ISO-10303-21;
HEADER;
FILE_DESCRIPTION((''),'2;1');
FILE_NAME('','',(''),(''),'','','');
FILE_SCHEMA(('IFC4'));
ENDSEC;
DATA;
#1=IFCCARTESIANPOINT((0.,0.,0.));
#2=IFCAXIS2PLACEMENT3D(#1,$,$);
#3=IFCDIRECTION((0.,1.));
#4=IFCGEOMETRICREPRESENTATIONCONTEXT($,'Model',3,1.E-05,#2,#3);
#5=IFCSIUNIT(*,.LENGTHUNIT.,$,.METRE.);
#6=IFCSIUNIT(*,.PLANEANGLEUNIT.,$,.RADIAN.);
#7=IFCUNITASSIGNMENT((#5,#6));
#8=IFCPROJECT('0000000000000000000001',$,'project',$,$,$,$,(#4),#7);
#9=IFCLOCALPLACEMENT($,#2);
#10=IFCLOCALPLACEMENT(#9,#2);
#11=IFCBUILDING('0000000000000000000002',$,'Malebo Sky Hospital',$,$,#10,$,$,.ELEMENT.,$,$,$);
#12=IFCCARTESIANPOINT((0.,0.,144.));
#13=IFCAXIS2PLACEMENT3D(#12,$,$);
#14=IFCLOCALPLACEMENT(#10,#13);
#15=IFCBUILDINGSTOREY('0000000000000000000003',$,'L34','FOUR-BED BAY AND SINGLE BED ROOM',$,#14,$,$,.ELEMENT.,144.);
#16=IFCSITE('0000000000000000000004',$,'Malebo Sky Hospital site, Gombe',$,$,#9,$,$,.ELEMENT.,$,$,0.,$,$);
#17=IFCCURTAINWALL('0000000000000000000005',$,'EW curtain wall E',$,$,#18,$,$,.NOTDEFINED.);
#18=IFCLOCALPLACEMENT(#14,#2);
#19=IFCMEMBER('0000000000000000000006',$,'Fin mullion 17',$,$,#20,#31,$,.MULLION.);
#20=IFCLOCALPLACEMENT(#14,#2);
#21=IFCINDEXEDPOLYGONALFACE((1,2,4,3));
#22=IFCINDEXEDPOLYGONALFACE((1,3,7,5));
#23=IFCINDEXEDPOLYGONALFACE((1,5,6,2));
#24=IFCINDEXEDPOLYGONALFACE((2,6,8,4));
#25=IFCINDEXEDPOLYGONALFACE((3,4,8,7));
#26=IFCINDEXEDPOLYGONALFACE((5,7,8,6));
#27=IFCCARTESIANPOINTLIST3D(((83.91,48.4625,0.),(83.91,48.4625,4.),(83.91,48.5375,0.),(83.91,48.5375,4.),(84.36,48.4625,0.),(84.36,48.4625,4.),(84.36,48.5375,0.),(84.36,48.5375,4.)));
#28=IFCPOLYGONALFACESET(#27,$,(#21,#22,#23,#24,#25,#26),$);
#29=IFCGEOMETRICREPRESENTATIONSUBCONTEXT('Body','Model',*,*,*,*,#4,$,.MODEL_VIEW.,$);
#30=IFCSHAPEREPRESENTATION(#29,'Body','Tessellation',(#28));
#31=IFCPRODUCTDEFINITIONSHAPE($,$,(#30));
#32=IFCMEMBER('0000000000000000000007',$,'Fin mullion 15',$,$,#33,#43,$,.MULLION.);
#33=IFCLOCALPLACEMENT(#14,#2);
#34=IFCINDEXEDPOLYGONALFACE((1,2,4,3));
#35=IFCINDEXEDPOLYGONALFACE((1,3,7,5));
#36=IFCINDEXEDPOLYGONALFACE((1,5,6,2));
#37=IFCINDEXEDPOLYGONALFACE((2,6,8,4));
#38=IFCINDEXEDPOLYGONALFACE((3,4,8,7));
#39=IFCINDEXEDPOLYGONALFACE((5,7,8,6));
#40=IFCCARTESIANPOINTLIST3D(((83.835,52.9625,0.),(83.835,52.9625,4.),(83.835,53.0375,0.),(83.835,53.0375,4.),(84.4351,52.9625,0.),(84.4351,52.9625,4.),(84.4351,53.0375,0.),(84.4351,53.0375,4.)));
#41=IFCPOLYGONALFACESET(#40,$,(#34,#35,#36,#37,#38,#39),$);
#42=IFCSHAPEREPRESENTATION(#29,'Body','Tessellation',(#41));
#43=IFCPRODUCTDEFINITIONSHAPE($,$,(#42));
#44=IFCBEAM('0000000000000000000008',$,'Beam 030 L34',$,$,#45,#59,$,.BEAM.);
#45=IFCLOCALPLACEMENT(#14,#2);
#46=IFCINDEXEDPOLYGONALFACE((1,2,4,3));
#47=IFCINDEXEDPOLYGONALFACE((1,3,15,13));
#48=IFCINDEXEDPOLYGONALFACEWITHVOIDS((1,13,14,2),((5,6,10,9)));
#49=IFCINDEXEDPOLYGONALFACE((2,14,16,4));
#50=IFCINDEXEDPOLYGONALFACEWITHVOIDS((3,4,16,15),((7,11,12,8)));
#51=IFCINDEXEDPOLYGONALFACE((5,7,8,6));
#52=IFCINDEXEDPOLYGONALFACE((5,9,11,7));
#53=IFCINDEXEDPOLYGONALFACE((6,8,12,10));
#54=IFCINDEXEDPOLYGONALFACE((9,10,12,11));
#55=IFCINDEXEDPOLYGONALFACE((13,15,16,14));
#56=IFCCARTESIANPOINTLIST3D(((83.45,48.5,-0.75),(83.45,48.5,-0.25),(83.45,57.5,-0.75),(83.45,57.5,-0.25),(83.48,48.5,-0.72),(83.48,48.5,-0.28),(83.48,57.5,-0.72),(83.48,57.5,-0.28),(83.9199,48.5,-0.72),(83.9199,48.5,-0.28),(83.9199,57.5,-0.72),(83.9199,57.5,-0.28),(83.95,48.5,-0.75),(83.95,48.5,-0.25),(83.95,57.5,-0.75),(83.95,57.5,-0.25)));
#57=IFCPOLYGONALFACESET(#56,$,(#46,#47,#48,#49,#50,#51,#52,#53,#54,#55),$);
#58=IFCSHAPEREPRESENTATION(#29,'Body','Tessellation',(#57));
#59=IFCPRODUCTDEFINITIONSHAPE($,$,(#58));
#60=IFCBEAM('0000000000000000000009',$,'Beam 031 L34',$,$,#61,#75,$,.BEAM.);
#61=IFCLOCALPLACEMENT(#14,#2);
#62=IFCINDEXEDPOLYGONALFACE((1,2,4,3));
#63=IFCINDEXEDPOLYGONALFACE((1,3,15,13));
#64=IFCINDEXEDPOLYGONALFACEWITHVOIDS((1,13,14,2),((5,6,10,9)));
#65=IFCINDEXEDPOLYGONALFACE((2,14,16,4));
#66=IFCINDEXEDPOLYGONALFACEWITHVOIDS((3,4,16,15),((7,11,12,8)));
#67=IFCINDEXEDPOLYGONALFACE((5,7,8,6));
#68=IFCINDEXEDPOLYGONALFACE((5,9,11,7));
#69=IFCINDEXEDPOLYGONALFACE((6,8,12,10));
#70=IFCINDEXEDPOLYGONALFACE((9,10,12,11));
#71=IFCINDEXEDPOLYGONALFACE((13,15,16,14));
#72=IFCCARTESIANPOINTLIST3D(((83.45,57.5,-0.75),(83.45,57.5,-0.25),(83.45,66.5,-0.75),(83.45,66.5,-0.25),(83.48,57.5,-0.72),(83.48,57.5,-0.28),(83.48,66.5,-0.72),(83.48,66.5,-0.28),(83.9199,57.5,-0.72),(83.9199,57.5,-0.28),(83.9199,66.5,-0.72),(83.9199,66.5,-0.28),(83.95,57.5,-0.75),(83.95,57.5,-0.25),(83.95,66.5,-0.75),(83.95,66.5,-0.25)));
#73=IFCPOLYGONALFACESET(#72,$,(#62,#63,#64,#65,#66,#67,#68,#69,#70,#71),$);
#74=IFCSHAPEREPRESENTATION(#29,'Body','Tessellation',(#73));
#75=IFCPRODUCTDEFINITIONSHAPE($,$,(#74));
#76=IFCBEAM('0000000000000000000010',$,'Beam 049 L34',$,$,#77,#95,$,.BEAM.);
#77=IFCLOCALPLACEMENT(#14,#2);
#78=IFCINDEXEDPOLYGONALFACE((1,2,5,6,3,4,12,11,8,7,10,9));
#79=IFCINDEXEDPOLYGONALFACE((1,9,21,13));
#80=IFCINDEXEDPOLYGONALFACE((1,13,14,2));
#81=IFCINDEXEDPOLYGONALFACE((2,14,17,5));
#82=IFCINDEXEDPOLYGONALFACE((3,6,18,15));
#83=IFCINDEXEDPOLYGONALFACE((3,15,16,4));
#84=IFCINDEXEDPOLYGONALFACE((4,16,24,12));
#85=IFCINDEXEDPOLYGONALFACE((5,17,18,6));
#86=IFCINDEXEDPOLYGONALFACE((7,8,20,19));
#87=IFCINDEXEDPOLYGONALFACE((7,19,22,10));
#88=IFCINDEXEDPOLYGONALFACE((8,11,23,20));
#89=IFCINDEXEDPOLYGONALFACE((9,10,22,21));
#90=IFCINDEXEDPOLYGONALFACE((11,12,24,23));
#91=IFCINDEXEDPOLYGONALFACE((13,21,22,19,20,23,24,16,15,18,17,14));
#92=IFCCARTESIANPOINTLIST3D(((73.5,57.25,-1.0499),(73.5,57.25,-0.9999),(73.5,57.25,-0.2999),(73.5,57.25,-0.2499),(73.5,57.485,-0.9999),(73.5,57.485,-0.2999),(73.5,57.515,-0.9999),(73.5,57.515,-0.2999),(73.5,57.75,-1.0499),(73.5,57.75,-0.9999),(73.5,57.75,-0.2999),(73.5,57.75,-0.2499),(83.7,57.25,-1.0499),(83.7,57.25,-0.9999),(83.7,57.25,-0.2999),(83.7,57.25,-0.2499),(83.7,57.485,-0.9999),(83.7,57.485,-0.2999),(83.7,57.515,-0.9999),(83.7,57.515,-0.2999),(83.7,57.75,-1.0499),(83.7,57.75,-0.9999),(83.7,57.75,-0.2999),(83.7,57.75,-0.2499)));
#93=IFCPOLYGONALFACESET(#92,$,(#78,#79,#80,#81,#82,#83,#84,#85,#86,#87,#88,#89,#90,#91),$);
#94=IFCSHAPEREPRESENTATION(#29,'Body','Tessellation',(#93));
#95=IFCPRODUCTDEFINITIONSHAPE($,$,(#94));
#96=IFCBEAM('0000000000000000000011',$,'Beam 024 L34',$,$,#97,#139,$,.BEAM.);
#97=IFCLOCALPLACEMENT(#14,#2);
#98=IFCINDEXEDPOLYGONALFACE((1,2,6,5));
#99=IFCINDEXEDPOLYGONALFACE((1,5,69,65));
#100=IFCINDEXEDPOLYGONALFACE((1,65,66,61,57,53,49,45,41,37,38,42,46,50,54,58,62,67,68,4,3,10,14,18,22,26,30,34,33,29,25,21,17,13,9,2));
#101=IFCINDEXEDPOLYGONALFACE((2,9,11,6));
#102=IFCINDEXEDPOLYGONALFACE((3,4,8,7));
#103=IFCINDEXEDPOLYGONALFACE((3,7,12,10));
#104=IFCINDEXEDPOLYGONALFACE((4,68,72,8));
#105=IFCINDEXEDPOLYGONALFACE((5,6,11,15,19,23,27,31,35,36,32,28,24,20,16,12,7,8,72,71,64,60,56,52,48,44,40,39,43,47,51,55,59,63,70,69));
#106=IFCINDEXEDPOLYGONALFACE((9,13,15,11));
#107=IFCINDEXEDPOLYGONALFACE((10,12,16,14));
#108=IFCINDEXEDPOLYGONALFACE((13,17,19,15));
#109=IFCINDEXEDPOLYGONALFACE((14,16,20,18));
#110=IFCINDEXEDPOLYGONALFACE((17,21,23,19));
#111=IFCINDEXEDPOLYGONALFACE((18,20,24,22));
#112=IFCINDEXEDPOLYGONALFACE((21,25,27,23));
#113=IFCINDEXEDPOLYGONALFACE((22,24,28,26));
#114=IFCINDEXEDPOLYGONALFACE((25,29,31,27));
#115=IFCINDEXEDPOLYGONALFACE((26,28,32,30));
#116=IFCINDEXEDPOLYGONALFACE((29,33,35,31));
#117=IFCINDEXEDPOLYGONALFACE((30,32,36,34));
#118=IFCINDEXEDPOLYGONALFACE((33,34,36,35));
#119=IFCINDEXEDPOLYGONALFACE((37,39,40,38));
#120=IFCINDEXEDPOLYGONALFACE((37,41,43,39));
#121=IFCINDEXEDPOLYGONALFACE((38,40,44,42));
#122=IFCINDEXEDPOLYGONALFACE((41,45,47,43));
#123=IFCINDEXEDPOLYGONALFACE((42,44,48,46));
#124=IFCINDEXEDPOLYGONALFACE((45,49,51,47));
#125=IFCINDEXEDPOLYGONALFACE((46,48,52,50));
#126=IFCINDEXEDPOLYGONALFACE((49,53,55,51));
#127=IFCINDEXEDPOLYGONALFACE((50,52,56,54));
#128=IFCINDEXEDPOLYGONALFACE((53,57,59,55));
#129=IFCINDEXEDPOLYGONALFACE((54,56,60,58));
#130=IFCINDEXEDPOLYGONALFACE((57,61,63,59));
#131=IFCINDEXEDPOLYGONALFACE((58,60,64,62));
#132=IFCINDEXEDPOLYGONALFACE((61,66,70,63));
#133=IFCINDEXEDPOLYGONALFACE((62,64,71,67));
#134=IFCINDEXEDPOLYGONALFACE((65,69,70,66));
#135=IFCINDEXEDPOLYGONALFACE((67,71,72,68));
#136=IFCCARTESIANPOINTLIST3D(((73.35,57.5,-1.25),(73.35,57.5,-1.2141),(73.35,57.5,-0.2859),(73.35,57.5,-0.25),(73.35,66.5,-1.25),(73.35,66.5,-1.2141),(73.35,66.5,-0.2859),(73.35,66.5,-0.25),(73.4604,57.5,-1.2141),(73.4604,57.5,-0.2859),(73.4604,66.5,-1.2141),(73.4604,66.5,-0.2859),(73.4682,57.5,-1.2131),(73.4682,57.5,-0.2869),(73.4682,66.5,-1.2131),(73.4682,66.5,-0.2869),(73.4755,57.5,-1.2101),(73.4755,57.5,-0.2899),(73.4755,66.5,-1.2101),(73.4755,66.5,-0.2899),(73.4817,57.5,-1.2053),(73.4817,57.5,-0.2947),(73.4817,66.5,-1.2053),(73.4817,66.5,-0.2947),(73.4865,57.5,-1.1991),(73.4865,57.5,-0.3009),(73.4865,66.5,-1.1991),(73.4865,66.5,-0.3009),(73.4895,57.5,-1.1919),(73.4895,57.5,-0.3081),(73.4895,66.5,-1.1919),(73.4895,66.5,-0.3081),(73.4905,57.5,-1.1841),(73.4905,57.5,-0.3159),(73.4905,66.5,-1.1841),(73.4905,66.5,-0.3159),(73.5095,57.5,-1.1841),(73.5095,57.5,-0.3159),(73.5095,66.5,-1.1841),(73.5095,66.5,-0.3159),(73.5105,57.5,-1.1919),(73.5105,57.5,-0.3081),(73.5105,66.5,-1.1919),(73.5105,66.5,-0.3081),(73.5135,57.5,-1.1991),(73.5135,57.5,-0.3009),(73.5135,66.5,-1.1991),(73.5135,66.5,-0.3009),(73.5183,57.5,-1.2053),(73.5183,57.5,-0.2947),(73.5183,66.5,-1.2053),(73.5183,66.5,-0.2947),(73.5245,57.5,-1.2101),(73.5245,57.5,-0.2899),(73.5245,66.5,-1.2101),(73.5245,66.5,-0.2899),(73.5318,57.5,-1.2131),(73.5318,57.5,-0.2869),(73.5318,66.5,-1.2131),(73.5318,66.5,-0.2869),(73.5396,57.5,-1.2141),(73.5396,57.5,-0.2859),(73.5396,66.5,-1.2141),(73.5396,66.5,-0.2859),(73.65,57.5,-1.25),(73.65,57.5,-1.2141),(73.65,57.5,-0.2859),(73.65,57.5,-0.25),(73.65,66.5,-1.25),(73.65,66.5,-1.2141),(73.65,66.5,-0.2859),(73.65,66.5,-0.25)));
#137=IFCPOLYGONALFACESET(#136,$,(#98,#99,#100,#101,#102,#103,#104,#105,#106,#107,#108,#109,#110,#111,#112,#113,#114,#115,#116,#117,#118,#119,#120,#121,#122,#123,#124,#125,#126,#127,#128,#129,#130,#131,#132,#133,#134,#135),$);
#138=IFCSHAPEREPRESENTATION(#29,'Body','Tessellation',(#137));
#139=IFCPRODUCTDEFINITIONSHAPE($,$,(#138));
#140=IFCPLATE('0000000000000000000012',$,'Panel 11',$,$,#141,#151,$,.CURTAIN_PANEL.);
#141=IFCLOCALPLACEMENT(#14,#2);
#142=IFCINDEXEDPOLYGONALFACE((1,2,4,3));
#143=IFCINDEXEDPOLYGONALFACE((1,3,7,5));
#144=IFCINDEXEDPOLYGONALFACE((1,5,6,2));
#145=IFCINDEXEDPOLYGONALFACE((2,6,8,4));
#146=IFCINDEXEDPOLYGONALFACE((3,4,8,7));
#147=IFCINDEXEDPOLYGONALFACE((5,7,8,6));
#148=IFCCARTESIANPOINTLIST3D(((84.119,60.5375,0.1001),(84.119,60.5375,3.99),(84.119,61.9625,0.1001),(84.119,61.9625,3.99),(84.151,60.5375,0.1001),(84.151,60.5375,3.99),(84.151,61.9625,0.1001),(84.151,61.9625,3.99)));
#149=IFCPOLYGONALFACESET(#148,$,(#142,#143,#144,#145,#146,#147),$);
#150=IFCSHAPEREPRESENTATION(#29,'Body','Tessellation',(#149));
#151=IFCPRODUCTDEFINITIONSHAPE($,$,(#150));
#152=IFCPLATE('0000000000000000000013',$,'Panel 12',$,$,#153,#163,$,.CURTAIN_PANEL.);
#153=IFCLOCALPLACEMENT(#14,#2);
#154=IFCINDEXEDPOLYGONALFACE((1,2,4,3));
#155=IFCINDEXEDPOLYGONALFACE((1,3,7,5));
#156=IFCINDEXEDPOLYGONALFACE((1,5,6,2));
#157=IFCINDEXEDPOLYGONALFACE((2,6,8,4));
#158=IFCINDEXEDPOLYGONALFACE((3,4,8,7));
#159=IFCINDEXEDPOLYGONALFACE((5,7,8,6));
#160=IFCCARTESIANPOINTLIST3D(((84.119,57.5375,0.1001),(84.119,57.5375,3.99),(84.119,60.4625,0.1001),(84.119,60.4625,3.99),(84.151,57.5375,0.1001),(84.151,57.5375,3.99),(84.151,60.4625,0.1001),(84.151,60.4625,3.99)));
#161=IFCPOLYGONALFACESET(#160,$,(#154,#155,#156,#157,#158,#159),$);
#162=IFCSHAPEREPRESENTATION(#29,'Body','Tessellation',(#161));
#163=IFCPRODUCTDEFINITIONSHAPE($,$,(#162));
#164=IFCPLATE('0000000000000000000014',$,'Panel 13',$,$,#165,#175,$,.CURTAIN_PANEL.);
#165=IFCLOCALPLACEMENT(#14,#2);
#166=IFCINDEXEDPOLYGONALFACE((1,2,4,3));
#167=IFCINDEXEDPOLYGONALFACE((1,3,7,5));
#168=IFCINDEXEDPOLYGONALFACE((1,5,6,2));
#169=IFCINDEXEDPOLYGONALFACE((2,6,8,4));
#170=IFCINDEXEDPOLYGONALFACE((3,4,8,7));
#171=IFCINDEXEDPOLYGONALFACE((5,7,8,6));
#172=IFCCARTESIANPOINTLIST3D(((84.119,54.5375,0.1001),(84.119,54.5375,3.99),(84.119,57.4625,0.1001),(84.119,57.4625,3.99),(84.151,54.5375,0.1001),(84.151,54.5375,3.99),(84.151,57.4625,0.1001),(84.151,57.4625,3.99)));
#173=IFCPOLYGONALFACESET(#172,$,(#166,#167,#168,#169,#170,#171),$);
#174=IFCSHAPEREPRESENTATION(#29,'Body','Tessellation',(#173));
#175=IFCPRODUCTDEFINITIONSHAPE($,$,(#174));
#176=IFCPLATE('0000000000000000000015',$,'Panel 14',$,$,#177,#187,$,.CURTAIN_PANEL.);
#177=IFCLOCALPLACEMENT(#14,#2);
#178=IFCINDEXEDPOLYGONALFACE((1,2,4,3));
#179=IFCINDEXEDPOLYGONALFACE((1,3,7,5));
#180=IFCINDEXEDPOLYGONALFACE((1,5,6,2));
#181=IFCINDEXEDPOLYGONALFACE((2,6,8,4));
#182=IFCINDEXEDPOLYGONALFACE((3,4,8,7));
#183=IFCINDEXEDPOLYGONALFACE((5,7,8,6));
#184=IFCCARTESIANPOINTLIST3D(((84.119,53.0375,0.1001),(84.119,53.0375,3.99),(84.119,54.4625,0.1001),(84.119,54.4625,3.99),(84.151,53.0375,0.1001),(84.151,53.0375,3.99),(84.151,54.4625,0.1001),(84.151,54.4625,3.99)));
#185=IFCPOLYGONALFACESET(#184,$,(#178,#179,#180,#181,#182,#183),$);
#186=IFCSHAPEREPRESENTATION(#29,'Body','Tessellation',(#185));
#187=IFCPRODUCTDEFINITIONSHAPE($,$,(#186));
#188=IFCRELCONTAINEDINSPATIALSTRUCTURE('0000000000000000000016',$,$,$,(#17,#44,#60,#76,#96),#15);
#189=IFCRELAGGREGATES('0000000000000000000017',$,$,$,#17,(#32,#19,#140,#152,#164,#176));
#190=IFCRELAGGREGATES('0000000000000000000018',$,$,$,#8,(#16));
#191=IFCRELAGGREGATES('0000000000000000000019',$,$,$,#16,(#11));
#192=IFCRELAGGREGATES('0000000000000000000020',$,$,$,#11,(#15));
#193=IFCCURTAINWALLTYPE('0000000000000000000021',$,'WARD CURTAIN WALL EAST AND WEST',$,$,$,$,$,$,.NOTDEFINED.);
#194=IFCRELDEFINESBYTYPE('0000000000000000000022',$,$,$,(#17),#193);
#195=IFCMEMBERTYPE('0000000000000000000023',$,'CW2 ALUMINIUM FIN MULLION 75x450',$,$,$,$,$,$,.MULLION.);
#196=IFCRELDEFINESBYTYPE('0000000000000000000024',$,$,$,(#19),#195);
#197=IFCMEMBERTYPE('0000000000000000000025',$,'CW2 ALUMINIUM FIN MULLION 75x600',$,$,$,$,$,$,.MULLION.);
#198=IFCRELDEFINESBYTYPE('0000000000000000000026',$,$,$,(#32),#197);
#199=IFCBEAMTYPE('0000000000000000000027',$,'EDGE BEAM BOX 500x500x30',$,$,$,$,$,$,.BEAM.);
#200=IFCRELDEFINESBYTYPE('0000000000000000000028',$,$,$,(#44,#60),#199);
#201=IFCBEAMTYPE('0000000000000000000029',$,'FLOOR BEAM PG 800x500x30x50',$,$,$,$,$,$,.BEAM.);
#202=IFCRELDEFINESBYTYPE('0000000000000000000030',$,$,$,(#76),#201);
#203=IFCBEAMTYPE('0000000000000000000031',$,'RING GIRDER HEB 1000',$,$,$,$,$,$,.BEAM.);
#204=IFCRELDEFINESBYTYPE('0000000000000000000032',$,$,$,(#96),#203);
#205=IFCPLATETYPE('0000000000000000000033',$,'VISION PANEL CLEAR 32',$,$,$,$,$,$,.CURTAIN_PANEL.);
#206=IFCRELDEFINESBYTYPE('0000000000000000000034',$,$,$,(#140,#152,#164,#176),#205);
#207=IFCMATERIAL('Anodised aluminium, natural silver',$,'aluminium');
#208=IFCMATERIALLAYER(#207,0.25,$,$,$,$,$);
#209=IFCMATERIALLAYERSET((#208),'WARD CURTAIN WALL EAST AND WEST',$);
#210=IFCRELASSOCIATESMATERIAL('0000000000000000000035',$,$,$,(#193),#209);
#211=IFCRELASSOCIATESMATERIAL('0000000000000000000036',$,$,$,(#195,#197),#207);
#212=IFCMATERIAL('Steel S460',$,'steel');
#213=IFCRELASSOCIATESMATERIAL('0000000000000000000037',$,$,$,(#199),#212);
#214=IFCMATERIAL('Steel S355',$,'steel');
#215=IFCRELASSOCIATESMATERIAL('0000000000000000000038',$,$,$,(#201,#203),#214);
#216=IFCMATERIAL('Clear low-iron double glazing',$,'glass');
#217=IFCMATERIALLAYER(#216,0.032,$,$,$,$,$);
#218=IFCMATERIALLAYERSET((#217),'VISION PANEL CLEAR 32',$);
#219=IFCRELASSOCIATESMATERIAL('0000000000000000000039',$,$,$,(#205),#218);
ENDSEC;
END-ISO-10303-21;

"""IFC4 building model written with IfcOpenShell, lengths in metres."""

from ifc_helpers import new_model, si_unit, direction, frame, origin, origin_2d, place, context, subcontext, project, spatial, rectangle, hollow_rectangle, i_section, extrude, material, layer, layer_set, material_profile, profile_set, type_object, element, aggregate, save


model = new_model("IFC4")

# Units and contexts
model_context = context("Model", 3, precision=1e-05, world=origin(), true_north=direction((0.0, 1.0)))
body_context = subcontext(model_context, "Body", "Model", "MODEL_VIEW")
ifc_project = project(units=[si_unit("LENGTHUNIT", "METRE"), si_unit("PLANEANGLEUNIT", "RADIAN")], contexts=[model_context])

# Site, building, storey
site_placement = place(None, origin())
site = spatial("IfcSite", under=ifc_project, at=site_placement, Name="Malebo Sky Hospital site, Gombe", CompositionType="ELEMENT", RefElevation=0.0)
building_placement = place(site_placement, origin())
building = spatial("IfcBuilding", under=site, at=building_placement, Name="Malebo Sky Hospital", CompositionType="ELEMENT")
storey_placement = place(building_placement, frame((0.0, 0.0, 144.0)))
storey = spatial("IfcBuildingStorey", under=building, at=storey_placement, Name="L34", Description="FOUR-BED BAY AND SINGLE BED ROOM", CompositionType="ELEMENT", Elevation=144.0)

# Shared definitions
ifc_material_1 = material(Name="Steel S460", Category="steel")

# Curtain wall, members
ifc_material_2 = material(Name="Anodised aluminium, natural silver", Category="aluminium")
ifc_layer_1 = layer(ifc_material_2, 0.25)
ifc_layer_set_1 = layer_set([ifc_layer_1], Name="WARD CURTAIN WALL EAST AND WEST")
curtain_wall_type = type_object("IfcCurtainWallType", Name="WARD CURTAIN WALL EAST AND WEST", PredefinedType="NOTDEFINED", material=ifc_layer_set_1)
curtain_wall_placement = place(storey_placement, origin())
curtain_wall = element("IfcCurtainWall", 1, at=curtain_wall_placement, inside=storey, type_object=curtain_wall_type, Name="EW curtain wall E", PredefinedType="NOTDEFINED")
ifc_material_profile_1 = material_profile(ifc_material_2, rectangle(XDim=0.075, YDim=0.45, at=origin_2d()), Name="CW2 ALUMINIUM FIN MULLION 75x450")
ifc_profile_set_1 = profile_set([ifc_material_profile_1], Name="Anodised aluminium, natural silver")
member_type_1 = type_object("IfcMemberType", Name="CW2 ALUMINIUM FIN MULLION 75x450", PredefinedType="MULLION", material=ifc_profile_set_1)
member_1_placement = place(storey_placement, frame((84.135, 48.5, 0.0), z_axis=(0.0, 0.0, 1.0), x_axis=(0.0, -1.0, 0.0)))
member_1 = element("IfcMember", 2, at=member_1_placement, type_object=member_type_1, Name="Fin mullion 17", PredefinedType="MULLION", context=body_context, shape_type="SweptSolid", body=[
    extrude(rectangle(XDim=0.075, YDim=0.45, at=origin_2d()), origin(), (0.0, 0.0, 1.0), 4.0),
])
ifc_material_profile_2 = material_profile(ifc_material_2, rectangle(XDim=0.075, YDim=0.6001, at=origin_2d()), Name="CW2 ALUMINIUM FIN MULLION 75x600")
ifc_profile_set_2 = profile_set([ifc_material_profile_2], Name="Anodised aluminium, natural silver")
member_type_2 = type_object("IfcMemberType", Name="CW2 ALUMINIUM FIN MULLION 75x600", PredefinedType="MULLION", material=ifc_profile_set_2)
member_2_placement = place(storey_placement, frame((84.135, 53.0, 0.0), z_axis=(0.0, 0.0, 1.0), x_axis=(0.0, -1.0, 0.0)))
member_2 = element("IfcMember", 3, at=member_2_placement, type_object=member_type_2, Name="Fin mullion 15", PredefinedType="MULLION", context=body_context, shape_type="SweptSolid", body=[
    extrude(rectangle(XDim=0.075, YDim=0.6001, at=origin_2d()), origin(), (0.0, 0.0, 1.0), 4.0),
])

# Beams
ifc_material_profile_3 = material_profile(ifc_material_1, hollow_rectangle(XDim=0.5, YDim=0.5, WallThickness=0.03, at=origin_2d()), Name="BOX 500x500x30")
ifc_profile_set_3 = profile_set([ifc_material_profile_3], Name="Steel S460")
beam_type_1 = type_object("IfcBeamType", Name="EDGE BEAM BOX 500x500x30", PredefinedType="BEAM", material=ifc_profile_set_3)
for number, where, z_axis, x_axis, name in (
    (4, (83.7, 48.5, -0.5), (0.0, 1.0, 0.0), (-1.0, 0.0, 0.0), "Beam 030 L34"),
    (5, (83.7, 57.5, -0.5), (0.0, 1.0, 0.0), (-1.0, 0.0, 0.0), "Beam 031 L34"),
):
    element("IfcBeam", number, at=place(storey_placement, frame(where, z_axis=z_axis, x_axis=x_axis)), inside=storey, type_object=beam_type_1, Name=name, PredefinedType="BEAM", context=body_context, shape_type="SweptSolid", body=[
        extrude(hollow_rectangle(XDim=0.5, YDim=0.5, WallThickness=0.03, at=origin_2d()), origin(), (0.0, 0.0, 1.0), 9.0),
    ])
ifc_material_3 = material(Name="Steel S355", Category="steel")
ifc_material_profile_4 = material_profile(ifc_material_3, i_section(OverallWidth=0.5, OverallDepth=0.8, WebThickness=0.03, FlangeThickness=0.05, at=origin_2d()), Name="PG 800x500x30x50")
ifc_profile_set_4 = profile_set([ifc_material_profile_4], Name="Steel S355")
beam_type_2 = type_object("IfcBeamType", Name="FLOOR BEAM PG 800x500x30x50", PredefinedType="BEAM", material=ifc_profile_set_4)
beam_1_placement = place(storey_placement, frame((73.5, 57.5, -0.6499), z_axis=(1.0, 0.0, 0.0), x_axis=(0.0, 1.0, 0.0)))
element("IfcBeam", 6, at=beam_1_placement, inside=storey, type_object=beam_type_2, Name="Beam 049 L34", PredefinedType="BEAM", context=body_context, shape_type="SweptSolid", body=[
    extrude(i_section(OverallWidth=0.5, OverallDepth=0.8, WebThickness=0.03, FlangeThickness=0.05, at=origin_2d()), origin(), (0.0, 0.0, 1.0), 10.2),
])
ifc_material_profile_5 = material_profile(ifc_material_3, i_section(OverallWidth=0.3, OverallDepth=1.0, WebThickness=0.019, FlangeThickness=0.0359, FilletRadius=0.03, at=origin_2d()), Name="HEB 1000")
ifc_profile_set_5 = profile_set([ifc_material_profile_5], Name="Steel S355")
beam_type_3 = type_object("IfcBeamType", Name="RING GIRDER HEB 1000", PredefinedType="BEAM", material=ifc_profile_set_5)
beam_2_placement = place(storey_placement, frame((73.5, 57.5, -0.75), z_axis=(0.0, 1.0, 0.0), x_axis=(-1.0, 0.0, 0.0)))
element("IfcBeam", 7, at=beam_2_placement, inside=storey, type_object=beam_type_3, Name="Beam 024 L34", PredefinedType="BEAM", context=body_context, shape_type="SweptSolid", body=[
    extrude(i_section(OverallWidth=0.3, OverallDepth=1.0, WebThickness=0.019, FlangeThickness=0.0359, FilletRadius=0.03, at=origin_2d()), origin(), (0.0, 0.0, 1.0), 9.0),
])

# Plates
ifc_material_4 = material(Name="Clear low-iron double glazing", Category="glass")
ifc_layer_2 = layer(ifc_material_4, 0.032)
ifc_layer_set_2 = layer_set([ifc_layer_2], Name="VISION PANEL CLEAR 32")
plate_type = type_object("IfcPlateType", Name="VISION PANEL CLEAR 32", PredefinedType="CURTAIN_PANEL", material=ifc_layer_set_2)
plate_1_placement = place(storey_placement, frame((84.135, 61.25, 0.1001), z_axis=(0.0, 0.0, 1.0), x_axis=(0.0, -1.0, 0.0)))
plate_1 = element("IfcPlate", 8, at=plate_1_placement, type_object=plate_type, Name="Panel 11", PredefinedType="CURTAIN_PANEL", context=body_context, shape_type="SweptSolid", body=[
    extrude(rectangle(XDim=1.425, YDim=0.032, at=origin_2d()), origin(), (0.0, 0.0, 1.0), 3.8899),
])
plate_2_placement = place(storey_placement, frame((84.135, 59.0, 0.1001), z_axis=(0.0, 0.0, 1.0), x_axis=(0.0, -1.0, 0.0)))
plate_2 = element("IfcPlate", 9, at=plate_2_placement, type_object=plate_type, Name="Panel 12", PredefinedType="CURTAIN_PANEL", context=body_context, shape_type="SweptSolid", body=[
    extrude(rectangle(XDim=2.925, YDim=0.032, at=origin_2d()), origin(), (0.0, 0.0, 1.0), 3.8899),
])
plate_3_placement = place(storey_placement, frame((84.135, 56.0, 0.1001), z_axis=(0.0, 0.0, 1.0), x_axis=(0.0, -1.0, 0.0)))
plate_3 = element("IfcPlate", 10, at=plate_3_placement, type_object=plate_type, Name="Panel 13", PredefinedType="CURTAIN_PANEL", context=body_context, shape_type="SweptSolid", body=[
    extrude(rectangle(XDim=2.925, YDim=0.032, at=origin_2d()), origin(), (0.0, 0.0, 1.0), 3.8899),
])
plate_4_placement = place(storey_placement, frame((84.135, 53.75, 0.1001), z_axis=(0.0, 0.0, 1.0), x_axis=(0.0, -1.0, 0.0)))
plate_4 = element("IfcPlate", 11, at=plate_4_placement, type_object=plate_type, Name="Panel 14", PredefinedType="CURTAIN_PANEL", context=body_context, shape_type="SweptSolid", body=[
    extrude(rectangle(XDim=1.425, YDim=0.032, at=origin_2d()), origin(), (0.0, 0.0, 1.0), 3.8899),
])
aggregate(curtain_wall, [member_2, member_1, plate_1, plate_2, plate_3, plate_4])

save(model, "model.ifc")
